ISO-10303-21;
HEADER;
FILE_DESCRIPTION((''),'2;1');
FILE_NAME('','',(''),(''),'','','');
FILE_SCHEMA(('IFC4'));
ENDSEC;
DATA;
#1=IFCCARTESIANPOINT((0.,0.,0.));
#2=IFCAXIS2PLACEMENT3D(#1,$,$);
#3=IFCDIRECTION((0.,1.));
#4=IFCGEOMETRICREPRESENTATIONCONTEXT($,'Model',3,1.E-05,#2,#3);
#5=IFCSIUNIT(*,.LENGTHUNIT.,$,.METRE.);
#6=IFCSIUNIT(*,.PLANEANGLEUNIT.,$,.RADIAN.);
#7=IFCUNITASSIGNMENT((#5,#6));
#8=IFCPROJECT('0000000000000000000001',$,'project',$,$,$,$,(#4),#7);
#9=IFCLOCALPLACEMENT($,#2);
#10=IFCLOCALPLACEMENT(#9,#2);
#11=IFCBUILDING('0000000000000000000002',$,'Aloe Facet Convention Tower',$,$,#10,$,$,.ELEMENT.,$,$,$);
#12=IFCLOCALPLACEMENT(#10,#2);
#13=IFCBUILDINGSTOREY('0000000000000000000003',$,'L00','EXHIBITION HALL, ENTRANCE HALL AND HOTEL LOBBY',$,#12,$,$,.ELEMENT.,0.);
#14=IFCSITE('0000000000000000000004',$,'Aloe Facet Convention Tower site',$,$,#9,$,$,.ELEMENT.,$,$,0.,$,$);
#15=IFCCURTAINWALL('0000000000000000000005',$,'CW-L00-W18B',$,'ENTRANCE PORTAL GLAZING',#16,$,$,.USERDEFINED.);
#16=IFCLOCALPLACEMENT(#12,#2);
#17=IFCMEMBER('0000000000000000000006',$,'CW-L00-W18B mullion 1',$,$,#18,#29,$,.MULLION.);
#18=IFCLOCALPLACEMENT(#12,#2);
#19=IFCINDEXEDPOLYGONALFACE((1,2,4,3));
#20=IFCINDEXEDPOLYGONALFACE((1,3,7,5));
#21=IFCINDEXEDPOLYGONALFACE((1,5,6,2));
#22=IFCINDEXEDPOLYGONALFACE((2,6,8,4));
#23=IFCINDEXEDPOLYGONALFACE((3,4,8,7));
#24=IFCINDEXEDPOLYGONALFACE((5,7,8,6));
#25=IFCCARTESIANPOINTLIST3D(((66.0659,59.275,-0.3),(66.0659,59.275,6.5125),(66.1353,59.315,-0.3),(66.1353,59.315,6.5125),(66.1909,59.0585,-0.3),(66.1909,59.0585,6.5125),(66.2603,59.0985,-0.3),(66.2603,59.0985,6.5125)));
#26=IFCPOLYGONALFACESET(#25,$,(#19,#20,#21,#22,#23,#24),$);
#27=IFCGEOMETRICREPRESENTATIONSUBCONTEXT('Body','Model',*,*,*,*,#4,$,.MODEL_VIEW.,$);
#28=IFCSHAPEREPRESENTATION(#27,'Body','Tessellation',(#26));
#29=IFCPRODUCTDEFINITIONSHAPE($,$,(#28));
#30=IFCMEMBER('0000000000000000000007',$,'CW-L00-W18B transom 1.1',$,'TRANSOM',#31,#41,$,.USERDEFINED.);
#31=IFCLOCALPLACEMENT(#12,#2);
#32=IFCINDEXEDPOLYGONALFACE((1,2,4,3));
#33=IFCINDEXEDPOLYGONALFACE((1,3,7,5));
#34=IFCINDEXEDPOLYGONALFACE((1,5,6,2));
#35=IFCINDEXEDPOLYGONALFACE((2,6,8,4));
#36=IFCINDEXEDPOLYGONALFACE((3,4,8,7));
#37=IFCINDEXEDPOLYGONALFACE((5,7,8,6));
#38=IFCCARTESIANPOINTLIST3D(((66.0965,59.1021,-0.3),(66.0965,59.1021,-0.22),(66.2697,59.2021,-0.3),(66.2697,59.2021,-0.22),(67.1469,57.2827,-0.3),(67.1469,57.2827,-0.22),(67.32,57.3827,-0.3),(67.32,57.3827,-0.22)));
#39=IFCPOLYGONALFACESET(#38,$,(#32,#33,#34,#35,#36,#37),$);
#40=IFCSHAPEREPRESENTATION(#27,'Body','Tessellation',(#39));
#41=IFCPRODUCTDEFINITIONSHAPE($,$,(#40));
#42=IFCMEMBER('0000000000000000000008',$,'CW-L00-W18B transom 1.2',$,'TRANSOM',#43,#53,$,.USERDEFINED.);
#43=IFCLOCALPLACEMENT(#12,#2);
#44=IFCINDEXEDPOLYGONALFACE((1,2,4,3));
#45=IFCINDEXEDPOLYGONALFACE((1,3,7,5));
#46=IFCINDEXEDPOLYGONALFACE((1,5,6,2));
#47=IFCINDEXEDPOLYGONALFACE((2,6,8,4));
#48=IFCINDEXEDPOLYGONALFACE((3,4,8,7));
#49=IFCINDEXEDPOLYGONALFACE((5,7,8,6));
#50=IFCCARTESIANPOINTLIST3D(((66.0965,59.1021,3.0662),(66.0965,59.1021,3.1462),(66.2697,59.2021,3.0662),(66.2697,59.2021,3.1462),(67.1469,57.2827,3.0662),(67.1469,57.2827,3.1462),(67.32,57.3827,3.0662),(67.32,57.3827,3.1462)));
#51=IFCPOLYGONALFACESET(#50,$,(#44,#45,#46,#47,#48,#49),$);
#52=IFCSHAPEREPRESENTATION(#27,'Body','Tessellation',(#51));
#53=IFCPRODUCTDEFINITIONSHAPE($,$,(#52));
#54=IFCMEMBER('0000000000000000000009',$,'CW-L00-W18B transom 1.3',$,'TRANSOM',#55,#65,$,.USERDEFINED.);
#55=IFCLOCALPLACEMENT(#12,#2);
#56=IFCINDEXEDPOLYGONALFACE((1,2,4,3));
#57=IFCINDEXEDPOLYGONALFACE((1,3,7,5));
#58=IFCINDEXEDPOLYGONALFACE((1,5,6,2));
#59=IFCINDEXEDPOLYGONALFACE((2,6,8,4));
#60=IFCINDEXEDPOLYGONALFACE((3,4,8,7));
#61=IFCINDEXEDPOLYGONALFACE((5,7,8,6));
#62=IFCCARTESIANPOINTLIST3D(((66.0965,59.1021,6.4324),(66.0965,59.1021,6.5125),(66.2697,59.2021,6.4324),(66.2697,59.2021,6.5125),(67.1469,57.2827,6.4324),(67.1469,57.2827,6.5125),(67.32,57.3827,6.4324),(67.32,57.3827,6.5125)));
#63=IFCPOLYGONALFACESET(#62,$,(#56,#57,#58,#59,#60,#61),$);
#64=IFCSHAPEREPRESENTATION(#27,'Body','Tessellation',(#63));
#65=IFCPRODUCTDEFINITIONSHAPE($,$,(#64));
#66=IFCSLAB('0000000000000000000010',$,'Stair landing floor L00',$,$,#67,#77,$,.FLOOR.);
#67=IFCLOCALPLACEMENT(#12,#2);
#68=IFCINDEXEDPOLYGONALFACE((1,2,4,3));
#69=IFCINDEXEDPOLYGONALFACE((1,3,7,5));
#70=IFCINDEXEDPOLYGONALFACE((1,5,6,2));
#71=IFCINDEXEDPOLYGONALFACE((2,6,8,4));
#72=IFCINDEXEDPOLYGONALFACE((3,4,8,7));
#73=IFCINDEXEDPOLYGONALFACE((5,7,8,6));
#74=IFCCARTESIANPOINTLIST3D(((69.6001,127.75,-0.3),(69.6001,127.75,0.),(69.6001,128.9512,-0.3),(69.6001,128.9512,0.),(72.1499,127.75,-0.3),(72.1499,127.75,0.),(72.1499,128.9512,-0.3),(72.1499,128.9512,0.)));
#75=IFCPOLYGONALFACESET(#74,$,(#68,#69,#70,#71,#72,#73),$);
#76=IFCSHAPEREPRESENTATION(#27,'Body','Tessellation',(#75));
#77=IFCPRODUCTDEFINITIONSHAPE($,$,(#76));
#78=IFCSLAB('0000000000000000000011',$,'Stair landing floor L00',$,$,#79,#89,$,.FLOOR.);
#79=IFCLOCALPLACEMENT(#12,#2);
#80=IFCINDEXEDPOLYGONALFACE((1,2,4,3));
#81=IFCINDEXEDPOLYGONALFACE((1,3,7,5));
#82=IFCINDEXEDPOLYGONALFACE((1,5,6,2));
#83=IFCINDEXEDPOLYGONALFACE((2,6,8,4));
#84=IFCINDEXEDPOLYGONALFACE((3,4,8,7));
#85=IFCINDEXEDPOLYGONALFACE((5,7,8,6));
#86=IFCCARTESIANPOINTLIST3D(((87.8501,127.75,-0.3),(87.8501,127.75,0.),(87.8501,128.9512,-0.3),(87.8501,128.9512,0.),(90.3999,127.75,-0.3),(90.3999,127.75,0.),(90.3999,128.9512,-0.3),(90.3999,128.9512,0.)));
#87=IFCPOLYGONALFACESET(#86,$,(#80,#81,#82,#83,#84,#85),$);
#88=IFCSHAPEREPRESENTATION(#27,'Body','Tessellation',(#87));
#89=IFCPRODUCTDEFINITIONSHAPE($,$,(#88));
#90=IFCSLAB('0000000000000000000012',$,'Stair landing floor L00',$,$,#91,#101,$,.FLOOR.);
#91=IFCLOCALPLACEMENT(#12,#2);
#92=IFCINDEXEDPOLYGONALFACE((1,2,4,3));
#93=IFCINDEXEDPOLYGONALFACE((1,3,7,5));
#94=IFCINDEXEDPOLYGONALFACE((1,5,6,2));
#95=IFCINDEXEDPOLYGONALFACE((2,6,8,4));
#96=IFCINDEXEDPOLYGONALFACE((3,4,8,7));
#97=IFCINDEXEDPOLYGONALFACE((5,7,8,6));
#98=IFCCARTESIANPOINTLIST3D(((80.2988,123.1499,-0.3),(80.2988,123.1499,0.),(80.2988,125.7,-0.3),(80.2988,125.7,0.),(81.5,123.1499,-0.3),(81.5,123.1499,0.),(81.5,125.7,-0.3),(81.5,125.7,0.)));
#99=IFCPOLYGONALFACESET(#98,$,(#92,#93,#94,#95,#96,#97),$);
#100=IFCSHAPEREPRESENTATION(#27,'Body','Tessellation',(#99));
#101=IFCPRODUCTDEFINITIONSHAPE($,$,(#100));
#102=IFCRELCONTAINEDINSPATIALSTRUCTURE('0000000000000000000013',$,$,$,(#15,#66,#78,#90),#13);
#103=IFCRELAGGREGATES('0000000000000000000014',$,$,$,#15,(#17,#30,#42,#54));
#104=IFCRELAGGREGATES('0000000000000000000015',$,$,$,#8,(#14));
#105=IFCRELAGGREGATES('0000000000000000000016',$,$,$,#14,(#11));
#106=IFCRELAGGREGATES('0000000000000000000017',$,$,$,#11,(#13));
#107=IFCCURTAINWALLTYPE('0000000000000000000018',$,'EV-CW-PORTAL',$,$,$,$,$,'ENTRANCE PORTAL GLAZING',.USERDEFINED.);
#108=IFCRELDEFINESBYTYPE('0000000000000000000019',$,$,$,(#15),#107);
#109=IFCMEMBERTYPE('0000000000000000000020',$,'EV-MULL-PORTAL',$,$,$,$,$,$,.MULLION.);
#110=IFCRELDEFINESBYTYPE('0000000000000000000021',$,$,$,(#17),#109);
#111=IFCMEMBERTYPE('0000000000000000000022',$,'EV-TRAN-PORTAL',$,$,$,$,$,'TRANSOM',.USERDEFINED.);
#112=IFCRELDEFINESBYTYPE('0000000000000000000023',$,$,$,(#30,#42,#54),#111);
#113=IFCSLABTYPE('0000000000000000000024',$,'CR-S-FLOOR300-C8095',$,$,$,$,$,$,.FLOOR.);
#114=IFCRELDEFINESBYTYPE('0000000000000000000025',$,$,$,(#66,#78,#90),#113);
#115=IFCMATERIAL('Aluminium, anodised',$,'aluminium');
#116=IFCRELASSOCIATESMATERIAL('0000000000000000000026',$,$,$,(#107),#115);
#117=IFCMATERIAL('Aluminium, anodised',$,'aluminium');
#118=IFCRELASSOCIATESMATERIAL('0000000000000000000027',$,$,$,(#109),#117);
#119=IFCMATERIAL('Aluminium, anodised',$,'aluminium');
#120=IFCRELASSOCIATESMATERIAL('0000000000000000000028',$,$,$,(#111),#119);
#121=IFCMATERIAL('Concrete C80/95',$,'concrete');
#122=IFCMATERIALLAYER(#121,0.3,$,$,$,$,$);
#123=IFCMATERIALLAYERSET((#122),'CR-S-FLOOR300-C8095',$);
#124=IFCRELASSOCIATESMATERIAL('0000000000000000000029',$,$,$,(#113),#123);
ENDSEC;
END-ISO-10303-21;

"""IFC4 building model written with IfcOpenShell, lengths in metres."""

from ifc_helpers import new_model, si_unit, direction, frame, origin, origin_2d, place, context, subcontext, project, spatial, polyline, rectangle, outline, extrude, material, layer, layer_set, material_profile, profile_set, type_object, element, aggregate, save


model = new_model("IFC4")

# Units and contexts
model_context = context("Model", 3, precision=1e-05, world=origin(), true_north=direction((0.0, 1.0)))
body_context = subcontext(model_context, "Body", "Model", "MODEL_VIEW")
ifc_project = project(units=[si_unit("LENGTHUNIT", "METRE"), si_unit("PLANEANGLEUNIT", "RADIAN")], contexts=[model_context])

# Site, building, storey
site_placement = place(None, origin())
site = spatial("IfcSite", under=ifc_project, at=site_placement, Name="Aloe Facet Convention Tower site", CompositionType="ELEMENT", RefElevation=0.0)
building_placement = place(site_placement, origin())
building = spatial("IfcBuilding", under=site, at=building_placement, Name="Aloe Facet Convention Tower", CompositionType="ELEMENT")
storey_placement = place(building_placement, origin())
storey = spatial("IfcBuildingStorey", under=building, at=storey_placement, Name="L00", Description="EXHIBITION HALL, ENTRANCE HALL AND HOTEL LOBBY", CompositionType="ELEMENT", Elevation=0.0)

# Curtain wall, members
ifc_material_1 = material(Name="Aluminium, anodised", Category="aluminium")
curtain_wall_type = type_object("IfcCurtainWallType", Name="EV-CW-PORTAL", ElementType="ENTRANCE PORTAL GLAZING", PredefinedType="USERDEFINED", material=ifc_material_1)
curtain_wall_placement = place(storey_placement, origin())
curtain_wall = element("IfcCurtainWall", 1, at=curtain_wall_placement, inside=storey, type_object=curtain_wall_type, Name="CW-L00-W18B", ObjectType="ENTRANCE PORTAL GLAZING", PredefinedType="USERDEFINED")
ifc_material_2 = material(Name="Aluminium, anodised", Category="aluminium")
ifc_material_profile_1 = material_profile(ifc_material_2, rectangle(XDim=0.0801, YDim=0.25, at=origin_2d()), Name="AL 80x250")
ifc_profile_set_1 = profile_set([ifc_material_profile_1], Name="Aluminium, anodised")
member_type_1 = type_object("IfcMemberType", Name="EV-MULL-PORTAL", PredefinedType="MULLION", material=ifc_profile_set_1)
member_1_placement = place(storey_placement, frame((66.1631, 59.1868, -0.3), z_axis=(0.0, 0.0, 1.0), x_axis=(0.866025, 0.5, 0.0)))
member_1 = element("IfcMember", 2, at=member_1_placement, type_object=member_type_1, Name="CW-L00-W18B mullion 1", PredefinedType="MULLION", context=body_context, shape_type="SweptSolid", body=[
    extrude(rectangle(XDim=0.0801, YDim=0.25, at=origin_2d()), origin(), (0.0, 0.0, 1.0), 6.8125),
])
ifc_material_3 = material(Name="Aluminium, anodised", Category="aluminium")
ifc_material_profile_2 = material_profile(ifc_material_3, rectangle(XDim=0.2, YDim=0.0801, at=origin_2d()), Name="AL 200x80")
ifc_profile_set_2 = profile_set([ifc_material_profile_2], Name="Aluminium, anodised")
member_type_2 = type_object("IfcMemberType", Name="EV-TRAN-PORTAL", ElementType="TRANSOM", PredefinedType="USERDEFINED", material=ifc_profile_set_2)
member_2_placement = place(storey_placement, frame((66.1831, 59.1521, -0.26), z_axis=(0.499964, -0.866046, 0.0), x_axis=(0.866046, 0.499964, 0.0)))
member_2 = element("IfcMember", 3, at=member_2_placement, type_object=member_type_2, Name="CW-L00-W18B transom 1.1", ObjectType="TRANSOM", PredefinedType="USERDEFINED", context=body_context, shape_type="SweptSolid", body=[
    extrude(rectangle(XDim=0.2, YDim=0.0801, at=origin_2d()), origin(), (0.0, 0.0, 1.0), 2.1008),
])
member_3_placement = place(storey_placement, frame((66.1831, 59.1521, 3.1062), z_axis=(0.499964, -0.866046, 0.0), x_axis=(0.866046, 0.499964, 0.0)))
member_3 = element("IfcMember", 4, at=member_3_placement, type_object=member_type_2, Name="CW-L00-W18B transom 1.2", ObjectType="TRANSOM", PredefinedType="USERDEFINED", context=body_context, shape_type="SweptSolid", body=[
    extrude(rectangle(XDim=0.2, YDim=0.0801, at=origin_2d()), origin(), (0.0, 0.0, 1.0), 2.1008),
])
member_4_placement = place(storey_placement, frame((66.1831, 59.1521, 6.4724), z_axis=(0.499964, -0.866046, 0.0), x_axis=(0.866046, 0.499964, 0.0)))
member_4 = element("IfcMember", 5, at=member_4_placement, type_object=member_type_2, Name="CW-L00-W18B transom 1.3", ObjectType="TRANSOM", PredefinedType="USERDEFINED", context=body_context, shape_type="SweptSolid", body=[
    extrude(rectangle(XDim=0.2, YDim=0.0801, at=origin_2d()), origin(), (0.0, 0.0, 1.0), 2.1008),
])
aggregate(curtain_wall, [member_1, member_2, member_3, member_4])

# Slabs
ifc_material_4 = material(Name="Concrete C80/95", Category="concrete")
ifc_layer_1 = layer(ifc_material_4, 0.3)
ifc_layer_set_1 = layer_set([ifc_layer_1], Name="CR-S-FLOOR300-C8095")
slab_type_1 = type_object("IfcSlabType", Name="CR-S-FLOOR300-C8095", PredefinedType="FLOOR", material=ifc_layer_set_1)
slab_1_placement = place(storey_placement, frame((0.0, 0.0, -0.3)))
element("IfcSlab", 6, at=slab_1_placement, inside=storey, type_object=slab_type_1, Name="Stair landing floor L00", PredefinedType="FLOOR", context=body_context, shape_type="SweptSolid", body=[
    extrude(outline(polyline([(72.1499, 127.75), (72.1499, 128.9512), (69.6001, 128.9512), (69.6001, 127.75), (72.1499, 127.75)])), origin(), (0.0, 0.0, 1.0), 0.3),
])
slab_2_placement = place(storey_placement, frame((0.0, 0.0, -0.3)))
element("IfcSlab", 7, at=slab_2_placement, inside=storey, type_object=slab_type_1, Name="Stair landing floor L00", PredefinedType="FLOOR", context=body_context, shape_type="SweptSolid", body=[
    extrude(outline(polyline([(90.3999, 127.75), (90.3999, 128.9512), (87.8501, 128.9512), (87.8501, 127.75), (90.3999, 127.75)])), origin(), (0.0, 0.0, 1.0), 0.3),
])
slab_3_placement = place(storey_placement, frame((0.0, 0.0, -0.3)))
element("IfcSlab", 8, at=slab_3_placement, inside=storey, type_object=slab_type_1, Name="Stair landing floor L00", PredefinedType="FLOOR", context=body_context, shape_type="SweptSolid", body=[
    extrude(outline(polyline([(81.5, 125.7), (80.2988, 125.7), (80.2988, 123.1499), (81.5, 123.1499), (81.5, 125.7)])), origin(), (0.0, 0.0, 1.0), 0.3),
])

save(model, "model.ifc")
